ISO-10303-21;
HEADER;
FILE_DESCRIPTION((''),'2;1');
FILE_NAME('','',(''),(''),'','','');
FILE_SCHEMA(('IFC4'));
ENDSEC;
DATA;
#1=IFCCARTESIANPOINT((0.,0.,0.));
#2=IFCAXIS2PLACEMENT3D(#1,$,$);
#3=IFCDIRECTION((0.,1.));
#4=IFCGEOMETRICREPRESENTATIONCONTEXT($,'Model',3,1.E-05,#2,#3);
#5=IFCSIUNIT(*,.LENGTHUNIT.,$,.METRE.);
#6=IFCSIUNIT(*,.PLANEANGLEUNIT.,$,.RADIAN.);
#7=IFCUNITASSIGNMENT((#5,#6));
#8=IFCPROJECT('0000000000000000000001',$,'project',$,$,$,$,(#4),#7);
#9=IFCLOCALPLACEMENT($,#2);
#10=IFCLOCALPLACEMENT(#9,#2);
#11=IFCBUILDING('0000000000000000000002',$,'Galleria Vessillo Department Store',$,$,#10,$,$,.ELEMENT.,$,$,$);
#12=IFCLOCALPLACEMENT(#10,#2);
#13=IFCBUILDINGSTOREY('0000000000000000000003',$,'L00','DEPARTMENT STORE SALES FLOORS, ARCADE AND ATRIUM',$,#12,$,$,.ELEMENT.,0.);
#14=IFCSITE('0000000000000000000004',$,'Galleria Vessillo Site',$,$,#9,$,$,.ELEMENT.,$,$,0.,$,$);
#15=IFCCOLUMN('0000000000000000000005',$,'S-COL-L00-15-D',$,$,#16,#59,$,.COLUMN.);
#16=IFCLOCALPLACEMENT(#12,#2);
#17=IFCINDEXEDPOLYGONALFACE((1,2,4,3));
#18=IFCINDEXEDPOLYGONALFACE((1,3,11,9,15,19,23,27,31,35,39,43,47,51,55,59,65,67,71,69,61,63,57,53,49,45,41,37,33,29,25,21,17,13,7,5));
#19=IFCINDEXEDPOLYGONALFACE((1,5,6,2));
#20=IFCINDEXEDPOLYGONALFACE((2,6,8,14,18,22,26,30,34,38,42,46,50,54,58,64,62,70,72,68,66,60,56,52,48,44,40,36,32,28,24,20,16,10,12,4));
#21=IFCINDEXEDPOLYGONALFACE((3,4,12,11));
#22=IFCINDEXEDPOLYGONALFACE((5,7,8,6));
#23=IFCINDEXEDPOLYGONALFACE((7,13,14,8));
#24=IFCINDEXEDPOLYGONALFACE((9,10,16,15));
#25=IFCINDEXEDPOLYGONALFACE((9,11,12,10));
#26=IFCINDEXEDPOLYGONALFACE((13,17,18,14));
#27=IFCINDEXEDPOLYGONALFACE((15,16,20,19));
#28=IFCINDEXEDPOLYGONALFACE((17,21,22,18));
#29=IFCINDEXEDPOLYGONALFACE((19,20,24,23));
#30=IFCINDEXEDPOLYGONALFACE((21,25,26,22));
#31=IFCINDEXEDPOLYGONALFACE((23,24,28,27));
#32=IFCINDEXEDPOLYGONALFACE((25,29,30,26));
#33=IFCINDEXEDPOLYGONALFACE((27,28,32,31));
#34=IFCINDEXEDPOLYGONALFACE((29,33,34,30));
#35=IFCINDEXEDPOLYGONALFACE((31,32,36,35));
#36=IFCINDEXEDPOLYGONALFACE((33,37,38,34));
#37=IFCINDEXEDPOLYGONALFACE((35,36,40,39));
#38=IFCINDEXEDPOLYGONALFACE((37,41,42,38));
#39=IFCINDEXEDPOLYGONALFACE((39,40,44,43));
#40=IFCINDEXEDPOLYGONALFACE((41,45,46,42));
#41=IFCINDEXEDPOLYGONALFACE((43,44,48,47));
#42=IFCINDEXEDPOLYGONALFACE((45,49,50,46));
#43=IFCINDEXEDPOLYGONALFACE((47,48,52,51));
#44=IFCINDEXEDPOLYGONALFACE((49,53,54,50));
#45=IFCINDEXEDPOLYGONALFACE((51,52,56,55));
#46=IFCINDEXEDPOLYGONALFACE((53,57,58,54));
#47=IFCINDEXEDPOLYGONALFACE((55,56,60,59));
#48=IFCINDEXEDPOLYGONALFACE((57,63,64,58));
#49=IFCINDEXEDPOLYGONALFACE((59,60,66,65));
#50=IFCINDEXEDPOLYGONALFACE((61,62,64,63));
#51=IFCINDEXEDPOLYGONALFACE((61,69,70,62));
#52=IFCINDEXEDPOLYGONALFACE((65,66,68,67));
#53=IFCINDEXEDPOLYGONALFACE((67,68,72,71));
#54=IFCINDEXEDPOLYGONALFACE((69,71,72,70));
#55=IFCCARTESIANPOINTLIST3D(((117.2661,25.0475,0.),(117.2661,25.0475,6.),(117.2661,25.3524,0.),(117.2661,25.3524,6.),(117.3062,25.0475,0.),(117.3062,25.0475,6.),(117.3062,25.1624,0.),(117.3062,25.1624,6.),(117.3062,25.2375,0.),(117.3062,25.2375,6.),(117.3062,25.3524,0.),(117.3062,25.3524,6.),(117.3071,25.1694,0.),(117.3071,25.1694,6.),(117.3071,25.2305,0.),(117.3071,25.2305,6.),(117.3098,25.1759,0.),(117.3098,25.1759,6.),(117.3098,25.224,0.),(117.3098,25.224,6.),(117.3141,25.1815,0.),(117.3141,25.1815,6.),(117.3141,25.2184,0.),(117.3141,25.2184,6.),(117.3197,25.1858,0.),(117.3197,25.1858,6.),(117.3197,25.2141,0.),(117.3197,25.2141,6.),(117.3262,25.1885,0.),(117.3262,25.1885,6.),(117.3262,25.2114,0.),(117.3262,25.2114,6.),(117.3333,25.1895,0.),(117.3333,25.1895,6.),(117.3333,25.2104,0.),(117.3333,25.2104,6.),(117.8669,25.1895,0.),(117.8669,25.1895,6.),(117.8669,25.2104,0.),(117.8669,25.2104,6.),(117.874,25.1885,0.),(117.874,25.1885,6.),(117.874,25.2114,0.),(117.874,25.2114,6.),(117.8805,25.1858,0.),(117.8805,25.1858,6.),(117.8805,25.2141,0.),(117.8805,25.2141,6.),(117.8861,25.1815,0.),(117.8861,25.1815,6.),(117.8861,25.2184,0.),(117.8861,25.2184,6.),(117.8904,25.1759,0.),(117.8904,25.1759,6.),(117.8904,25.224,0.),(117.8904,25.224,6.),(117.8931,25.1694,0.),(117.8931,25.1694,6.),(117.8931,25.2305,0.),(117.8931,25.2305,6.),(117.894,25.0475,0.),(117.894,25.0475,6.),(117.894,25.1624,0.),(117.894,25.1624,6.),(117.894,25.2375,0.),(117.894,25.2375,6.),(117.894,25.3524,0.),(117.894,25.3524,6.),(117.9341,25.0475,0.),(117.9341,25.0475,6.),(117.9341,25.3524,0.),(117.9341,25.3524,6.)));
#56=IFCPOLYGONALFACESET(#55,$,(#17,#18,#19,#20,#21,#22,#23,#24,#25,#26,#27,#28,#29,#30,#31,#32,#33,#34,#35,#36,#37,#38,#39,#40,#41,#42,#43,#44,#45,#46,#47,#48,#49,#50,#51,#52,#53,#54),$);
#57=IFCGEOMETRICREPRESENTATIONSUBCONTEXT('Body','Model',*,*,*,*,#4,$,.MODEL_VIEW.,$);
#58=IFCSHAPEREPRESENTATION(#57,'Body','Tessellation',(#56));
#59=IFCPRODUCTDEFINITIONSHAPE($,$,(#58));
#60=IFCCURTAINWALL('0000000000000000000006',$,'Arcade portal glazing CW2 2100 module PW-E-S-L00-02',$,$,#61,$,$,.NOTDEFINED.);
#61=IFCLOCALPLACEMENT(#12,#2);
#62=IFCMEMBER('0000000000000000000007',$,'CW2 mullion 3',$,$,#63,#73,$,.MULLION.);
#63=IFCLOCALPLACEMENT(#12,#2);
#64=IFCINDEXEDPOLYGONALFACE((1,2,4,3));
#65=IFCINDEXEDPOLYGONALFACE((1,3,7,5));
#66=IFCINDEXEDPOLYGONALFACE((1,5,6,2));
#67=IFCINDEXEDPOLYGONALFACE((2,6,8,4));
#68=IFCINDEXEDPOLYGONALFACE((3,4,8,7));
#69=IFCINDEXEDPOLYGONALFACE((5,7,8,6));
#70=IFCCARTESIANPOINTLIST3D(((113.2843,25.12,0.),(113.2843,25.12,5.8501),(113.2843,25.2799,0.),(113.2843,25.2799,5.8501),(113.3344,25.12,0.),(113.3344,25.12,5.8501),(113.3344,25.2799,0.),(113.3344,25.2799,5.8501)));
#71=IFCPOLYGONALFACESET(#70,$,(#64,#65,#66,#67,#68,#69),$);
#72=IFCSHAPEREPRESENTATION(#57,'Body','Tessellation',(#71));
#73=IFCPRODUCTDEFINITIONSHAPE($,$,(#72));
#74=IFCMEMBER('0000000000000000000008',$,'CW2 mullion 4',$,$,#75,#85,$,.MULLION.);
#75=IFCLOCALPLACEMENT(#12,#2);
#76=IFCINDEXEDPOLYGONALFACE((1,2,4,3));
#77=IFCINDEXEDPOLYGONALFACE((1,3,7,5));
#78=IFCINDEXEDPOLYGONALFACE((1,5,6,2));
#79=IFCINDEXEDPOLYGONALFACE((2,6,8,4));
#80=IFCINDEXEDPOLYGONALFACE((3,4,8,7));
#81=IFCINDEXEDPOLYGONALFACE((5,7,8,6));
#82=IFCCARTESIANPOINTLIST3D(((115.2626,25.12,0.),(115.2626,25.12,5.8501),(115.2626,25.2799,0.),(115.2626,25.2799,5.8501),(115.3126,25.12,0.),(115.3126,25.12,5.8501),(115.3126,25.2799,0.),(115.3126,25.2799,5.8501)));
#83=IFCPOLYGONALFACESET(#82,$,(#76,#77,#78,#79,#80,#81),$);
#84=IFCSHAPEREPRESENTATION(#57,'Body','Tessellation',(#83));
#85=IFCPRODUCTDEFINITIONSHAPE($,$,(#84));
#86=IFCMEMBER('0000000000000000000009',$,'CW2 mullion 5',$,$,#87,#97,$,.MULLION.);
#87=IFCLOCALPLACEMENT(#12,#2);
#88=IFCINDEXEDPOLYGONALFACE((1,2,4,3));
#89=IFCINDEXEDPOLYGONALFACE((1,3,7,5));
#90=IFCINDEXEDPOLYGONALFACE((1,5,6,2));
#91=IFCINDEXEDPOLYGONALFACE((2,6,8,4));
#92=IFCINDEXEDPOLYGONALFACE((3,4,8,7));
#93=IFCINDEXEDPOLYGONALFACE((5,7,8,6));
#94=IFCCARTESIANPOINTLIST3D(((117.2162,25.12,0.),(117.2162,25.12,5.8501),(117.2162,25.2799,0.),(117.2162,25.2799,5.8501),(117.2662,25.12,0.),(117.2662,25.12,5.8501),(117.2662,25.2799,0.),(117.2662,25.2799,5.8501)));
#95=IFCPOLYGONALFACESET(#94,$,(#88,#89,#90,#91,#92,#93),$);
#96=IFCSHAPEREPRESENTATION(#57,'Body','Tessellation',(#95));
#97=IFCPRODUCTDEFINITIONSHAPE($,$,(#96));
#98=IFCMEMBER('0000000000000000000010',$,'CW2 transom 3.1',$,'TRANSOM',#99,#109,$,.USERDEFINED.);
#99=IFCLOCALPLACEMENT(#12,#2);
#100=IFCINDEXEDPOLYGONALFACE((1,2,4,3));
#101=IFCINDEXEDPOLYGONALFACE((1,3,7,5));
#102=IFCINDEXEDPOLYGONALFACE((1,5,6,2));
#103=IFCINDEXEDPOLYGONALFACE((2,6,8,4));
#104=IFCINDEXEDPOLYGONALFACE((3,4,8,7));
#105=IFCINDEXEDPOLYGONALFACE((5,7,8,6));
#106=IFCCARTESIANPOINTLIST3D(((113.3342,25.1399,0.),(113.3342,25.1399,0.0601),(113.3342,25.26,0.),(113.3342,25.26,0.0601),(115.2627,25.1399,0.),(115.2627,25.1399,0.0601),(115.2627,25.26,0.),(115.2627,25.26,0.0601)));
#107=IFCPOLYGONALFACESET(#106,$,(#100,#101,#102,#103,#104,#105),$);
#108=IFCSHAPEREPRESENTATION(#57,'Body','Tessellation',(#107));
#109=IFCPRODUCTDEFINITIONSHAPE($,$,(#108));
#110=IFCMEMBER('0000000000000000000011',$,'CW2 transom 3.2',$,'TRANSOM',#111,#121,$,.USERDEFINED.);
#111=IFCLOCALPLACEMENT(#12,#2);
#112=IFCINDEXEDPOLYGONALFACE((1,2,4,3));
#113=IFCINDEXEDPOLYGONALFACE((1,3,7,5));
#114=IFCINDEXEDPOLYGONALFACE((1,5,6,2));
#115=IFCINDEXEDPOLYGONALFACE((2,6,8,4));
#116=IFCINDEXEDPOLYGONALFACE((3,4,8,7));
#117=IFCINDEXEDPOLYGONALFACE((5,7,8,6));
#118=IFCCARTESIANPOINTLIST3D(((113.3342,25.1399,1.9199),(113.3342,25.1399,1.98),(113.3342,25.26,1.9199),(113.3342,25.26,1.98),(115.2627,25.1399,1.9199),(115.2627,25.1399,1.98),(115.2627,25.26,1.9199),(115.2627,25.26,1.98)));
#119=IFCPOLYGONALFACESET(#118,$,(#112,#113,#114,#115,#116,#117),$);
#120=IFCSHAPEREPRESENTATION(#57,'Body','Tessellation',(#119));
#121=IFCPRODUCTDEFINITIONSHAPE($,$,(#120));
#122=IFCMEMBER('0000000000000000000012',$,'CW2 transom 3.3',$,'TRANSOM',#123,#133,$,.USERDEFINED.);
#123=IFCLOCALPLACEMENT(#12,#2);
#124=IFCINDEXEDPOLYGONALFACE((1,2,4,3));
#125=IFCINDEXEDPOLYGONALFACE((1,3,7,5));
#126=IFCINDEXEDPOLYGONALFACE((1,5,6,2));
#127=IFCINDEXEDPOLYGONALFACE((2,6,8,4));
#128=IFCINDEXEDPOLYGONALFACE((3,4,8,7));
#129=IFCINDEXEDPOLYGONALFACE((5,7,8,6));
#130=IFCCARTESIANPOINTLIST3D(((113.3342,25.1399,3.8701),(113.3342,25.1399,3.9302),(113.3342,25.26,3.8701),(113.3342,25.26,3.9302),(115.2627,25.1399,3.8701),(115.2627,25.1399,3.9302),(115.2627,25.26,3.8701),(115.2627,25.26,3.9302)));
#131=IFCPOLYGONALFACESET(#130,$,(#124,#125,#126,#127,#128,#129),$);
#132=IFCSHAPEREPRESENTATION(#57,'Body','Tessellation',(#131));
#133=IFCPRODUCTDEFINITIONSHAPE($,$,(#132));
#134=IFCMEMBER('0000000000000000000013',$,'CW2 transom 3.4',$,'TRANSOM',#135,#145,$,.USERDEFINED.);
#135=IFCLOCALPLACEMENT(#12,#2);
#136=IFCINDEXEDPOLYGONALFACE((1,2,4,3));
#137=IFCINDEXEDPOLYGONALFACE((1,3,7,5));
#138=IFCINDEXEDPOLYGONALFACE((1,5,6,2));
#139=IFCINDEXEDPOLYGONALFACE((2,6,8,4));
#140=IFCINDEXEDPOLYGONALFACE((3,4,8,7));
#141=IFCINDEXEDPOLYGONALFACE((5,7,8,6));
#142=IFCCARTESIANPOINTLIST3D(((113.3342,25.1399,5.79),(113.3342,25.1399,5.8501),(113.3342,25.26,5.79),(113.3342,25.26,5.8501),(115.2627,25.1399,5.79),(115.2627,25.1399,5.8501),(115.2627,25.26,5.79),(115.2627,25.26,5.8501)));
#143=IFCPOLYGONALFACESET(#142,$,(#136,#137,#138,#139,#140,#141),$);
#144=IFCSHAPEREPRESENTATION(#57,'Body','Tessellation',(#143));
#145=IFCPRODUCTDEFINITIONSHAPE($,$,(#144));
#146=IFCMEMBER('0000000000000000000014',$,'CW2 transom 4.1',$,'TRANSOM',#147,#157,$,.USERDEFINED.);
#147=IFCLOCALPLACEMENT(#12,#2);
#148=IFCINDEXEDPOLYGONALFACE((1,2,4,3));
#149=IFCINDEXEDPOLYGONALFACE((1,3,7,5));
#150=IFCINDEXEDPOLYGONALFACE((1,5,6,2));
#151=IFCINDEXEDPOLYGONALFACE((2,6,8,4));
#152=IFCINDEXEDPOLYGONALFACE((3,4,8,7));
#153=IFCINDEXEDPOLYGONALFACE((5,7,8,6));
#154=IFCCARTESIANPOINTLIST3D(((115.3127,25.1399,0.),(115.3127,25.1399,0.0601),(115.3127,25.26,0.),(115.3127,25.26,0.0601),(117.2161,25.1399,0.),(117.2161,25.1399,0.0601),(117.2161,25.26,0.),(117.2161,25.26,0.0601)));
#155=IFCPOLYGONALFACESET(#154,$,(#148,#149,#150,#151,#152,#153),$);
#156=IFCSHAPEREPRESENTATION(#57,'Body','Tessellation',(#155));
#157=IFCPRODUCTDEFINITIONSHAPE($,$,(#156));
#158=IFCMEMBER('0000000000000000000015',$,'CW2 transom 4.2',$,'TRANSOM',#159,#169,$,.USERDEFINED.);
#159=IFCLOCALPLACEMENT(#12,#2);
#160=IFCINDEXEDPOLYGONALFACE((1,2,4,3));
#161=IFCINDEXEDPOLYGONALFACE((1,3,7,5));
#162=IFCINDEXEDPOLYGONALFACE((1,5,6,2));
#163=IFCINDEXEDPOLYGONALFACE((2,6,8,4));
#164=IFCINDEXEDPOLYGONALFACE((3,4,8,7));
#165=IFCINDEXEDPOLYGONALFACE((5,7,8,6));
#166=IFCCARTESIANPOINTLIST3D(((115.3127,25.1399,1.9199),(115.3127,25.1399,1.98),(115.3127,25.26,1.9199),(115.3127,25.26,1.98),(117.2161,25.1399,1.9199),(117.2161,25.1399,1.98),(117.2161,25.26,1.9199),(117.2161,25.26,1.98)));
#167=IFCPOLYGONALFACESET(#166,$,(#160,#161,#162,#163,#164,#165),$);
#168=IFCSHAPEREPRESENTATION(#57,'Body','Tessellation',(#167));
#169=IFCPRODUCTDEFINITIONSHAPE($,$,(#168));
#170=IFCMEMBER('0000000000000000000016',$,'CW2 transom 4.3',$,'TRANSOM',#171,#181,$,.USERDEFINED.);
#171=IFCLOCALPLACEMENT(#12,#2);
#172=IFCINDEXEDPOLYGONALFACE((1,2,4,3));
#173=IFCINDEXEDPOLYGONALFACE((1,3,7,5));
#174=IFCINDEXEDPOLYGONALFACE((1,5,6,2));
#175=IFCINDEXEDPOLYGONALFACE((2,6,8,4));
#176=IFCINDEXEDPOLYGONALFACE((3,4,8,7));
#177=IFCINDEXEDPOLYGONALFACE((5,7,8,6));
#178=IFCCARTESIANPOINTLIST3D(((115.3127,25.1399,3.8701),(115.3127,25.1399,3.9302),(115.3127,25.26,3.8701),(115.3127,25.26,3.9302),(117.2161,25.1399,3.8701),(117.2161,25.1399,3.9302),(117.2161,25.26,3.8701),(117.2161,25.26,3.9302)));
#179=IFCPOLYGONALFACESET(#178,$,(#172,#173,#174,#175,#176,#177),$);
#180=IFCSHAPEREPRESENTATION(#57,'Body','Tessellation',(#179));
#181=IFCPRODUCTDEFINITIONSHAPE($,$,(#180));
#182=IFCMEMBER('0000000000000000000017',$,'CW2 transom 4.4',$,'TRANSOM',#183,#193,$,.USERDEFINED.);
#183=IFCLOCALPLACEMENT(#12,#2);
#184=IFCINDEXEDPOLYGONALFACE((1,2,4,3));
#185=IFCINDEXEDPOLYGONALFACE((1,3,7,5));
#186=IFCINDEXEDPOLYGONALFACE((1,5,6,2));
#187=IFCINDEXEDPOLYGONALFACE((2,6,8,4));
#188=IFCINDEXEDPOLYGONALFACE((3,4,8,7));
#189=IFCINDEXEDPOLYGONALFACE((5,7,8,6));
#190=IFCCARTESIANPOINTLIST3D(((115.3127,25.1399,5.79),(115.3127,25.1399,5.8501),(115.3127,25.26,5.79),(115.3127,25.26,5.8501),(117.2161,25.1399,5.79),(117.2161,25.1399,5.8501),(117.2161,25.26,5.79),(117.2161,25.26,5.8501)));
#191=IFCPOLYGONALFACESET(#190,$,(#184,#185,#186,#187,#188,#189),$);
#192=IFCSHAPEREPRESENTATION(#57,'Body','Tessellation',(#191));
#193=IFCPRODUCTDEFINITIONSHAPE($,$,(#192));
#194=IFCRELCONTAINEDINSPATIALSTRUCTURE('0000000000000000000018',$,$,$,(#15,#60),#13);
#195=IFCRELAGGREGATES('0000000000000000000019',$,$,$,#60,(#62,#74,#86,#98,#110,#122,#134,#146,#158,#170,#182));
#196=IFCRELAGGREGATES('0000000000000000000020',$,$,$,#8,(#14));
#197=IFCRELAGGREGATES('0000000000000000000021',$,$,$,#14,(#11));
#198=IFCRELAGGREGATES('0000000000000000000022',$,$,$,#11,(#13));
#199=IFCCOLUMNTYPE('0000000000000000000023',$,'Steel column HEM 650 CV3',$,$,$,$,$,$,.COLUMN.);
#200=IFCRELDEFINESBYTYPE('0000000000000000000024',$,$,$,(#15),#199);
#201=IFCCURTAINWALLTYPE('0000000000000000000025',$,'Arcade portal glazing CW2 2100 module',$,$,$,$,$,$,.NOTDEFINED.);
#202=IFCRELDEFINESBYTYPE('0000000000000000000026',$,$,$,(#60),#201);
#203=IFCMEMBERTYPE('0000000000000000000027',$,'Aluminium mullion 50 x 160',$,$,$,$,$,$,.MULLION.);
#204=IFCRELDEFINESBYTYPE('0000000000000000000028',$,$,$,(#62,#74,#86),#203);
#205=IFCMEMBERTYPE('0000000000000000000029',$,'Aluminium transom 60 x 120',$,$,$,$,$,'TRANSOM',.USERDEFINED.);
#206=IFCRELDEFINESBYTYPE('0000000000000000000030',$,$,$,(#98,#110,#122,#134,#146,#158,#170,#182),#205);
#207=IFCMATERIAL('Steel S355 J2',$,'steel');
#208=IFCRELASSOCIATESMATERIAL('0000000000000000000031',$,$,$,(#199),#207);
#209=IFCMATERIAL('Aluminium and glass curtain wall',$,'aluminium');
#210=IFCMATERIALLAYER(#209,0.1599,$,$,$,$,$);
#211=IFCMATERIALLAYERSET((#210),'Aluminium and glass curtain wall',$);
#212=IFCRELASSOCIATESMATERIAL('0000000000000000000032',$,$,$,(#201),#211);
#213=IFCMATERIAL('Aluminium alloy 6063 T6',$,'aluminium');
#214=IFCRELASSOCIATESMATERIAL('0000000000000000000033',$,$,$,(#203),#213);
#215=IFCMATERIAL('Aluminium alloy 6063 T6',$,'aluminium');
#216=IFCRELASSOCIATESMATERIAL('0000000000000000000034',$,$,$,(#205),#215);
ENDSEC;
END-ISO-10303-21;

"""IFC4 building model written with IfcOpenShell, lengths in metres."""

from ifc_helpers import new_model, si_unit, direction, frame, origin, origin_2d, place, context, subcontext, project, spatial, rectangle, i_section, extrude, material, layer, layer_set, material_profile, profile_set, type_object, element, aggregate, save


model = new_model("IFC4")

# Units and contexts
model_context = context("Model", 3, precision=1e-05, world=origin(), true_north=direction((0.0, 1.0)))
body_context = subcontext(model_context, "Body", "Model", "MODEL_VIEW")
ifc_project = project(units=[si_unit("LENGTHUNIT", "METRE"), si_unit("PLANEANGLEUNIT", "RADIAN")], contexts=[model_context])

# Site, building, storey
site_placement = place(None, origin())
site = spatial("IfcSite", under=ifc_project, at=site_placement, Name="Galleria Vessillo Site", CompositionType="ELEMENT", RefElevation=0.0)
building_placement = place(site_placement, origin())
building = spatial("IfcBuilding", under=site, at=building_placement, Name="Galleria Vessillo Department Store", CompositionType="ELEMENT")
storey_placement = place(building_placement, origin())
storey = spatial("IfcBuildingStorey", under=building, at=storey_placement, Name="L00", Description="DEPARTMENT STORE SALES FLOORS, ARCADE AND ATRIUM", CompositionType="ELEMENT", Elevation=0.0)

# Column
ifc_material_1 = material(Name="Steel S355 J2", Category="steel")
ifc_material_profile_1 = material_profile(ifc_material_1, i_section(OverallWidth=0.3049, OverallDepth=0.668, WebThickness=0.021, FlangeThickness=0.04, FilletRadius=0.0271, at=origin_2d()), Name="HEM 650")
ifc_profile_set_1 = profile_set([ifc_material_profile_1], Name="Steel S355 J2")
column_type = type_object("IfcColumnType", Name="Steel column HEM 650 CV3", PredefinedType="COLUMN", material=ifc_profile_set_1)
column_placement = place(storey_placement, frame((117.6001, 25.2, 0.0), z_axis=(0.0, 0.0, 1.0), x_axis=(0.0, 1.0, 0.0)))
element("IfcColumn", 1, at=column_placement, inside=storey, type_object=column_type, Name="S-COL-L00-15-D", PredefinedType="COLUMN", context=body_context, shape_type="SweptSolid", body=[
    extrude(i_section(OverallWidth=0.3049, OverallDepth=0.668, WebThickness=0.021, FlangeThickness=0.04, FilletRadius=0.0271, at=origin_2d()), origin(), (0.0, 0.0, 1.0), 6.0),
])

# Curtain wall, members
ifc_material_2 = material(Name="Aluminium and glass curtain wall", Category="aluminium")
ifc_layer_1 = layer(ifc_material_2, 0.1599)
ifc_layer_set_1 = layer_set([ifc_layer_1], Name="Aluminium and glass curtain wall")
curtain_wall_type = type_object("IfcCurtainWallType", Name="Arcade portal glazing CW2 2100 module", PredefinedType="NOTDEFINED", material=ifc_layer_set_1)
curtain_wall_placement = place(storey_placement, origin())
curtain_wall = element("IfcCurtainWall", 2, at=curtain_wall_placement, inside=storey, type_object=curtain_wall_type, Name="Arcade portal glazing CW2 2100 module PW-E-S-L00-02", PredefinedType="NOTDEFINED")
ifc_material_3 = material(Name="Aluminium alloy 6063 T6", Category="aluminium")
ifc_material_profile_2 = material_profile(ifc_material_3, rectangle(XDim=0.1599, YDim=0.05, at=origin_2d()), Name="AL 50x160")
ifc_profile_set_2 = profile_set([ifc_material_profile_2], Name="Aluminium alloy 6063 T6")
member_type_1 = type_object("IfcMemberType", Name="Aluminium mullion 50 x 160", PredefinedType="MULLION", material=ifc_profile_set_2)
member_1_placement = place(storey_placement, frame((113.3093, 25.2, 0.0), z_axis=(0.0, 0.0, 1.0), x_axis=(0.0, 1.0, 0.0)))
member_1 = element("IfcMember", 3, at=member_1_placement, type_object=member_type_1, Name="CW2 mullion 3", PredefinedType="MULLION", context=body_context, shape_type="SweptSolid", body=[
    extrude(rectangle(XDim=0.1599, YDim=0.05, at=origin_2d()), origin(), (0.0, 0.0, 1.0), 5.8501),
])
member_2_placement = place(storey_placement, frame((115.2876, 25.2, 0.0), z_axis=(0.0, 0.0, 1.0), x_axis=(0.0, 1.0, 0.0)))
member_2 = element("IfcMember", 4, at=member_2_placement, type_object=member_type_1, Name="CW2 mullion 4", PredefinedType="MULLION", context=body_context, shape_type="SweptSolid", body=[
    extrude(rectangle(XDim=0.1599, YDim=0.05, at=origin_2d()), origin(), (0.0, 0.0, 1.0), 5.8501),
])
member_3_placement = place(storey_placement, frame((117.2412, 25.2, 0.0), z_axis=(0.0, 0.0, 1.0), x_axis=(0.0, 1.0, 0.0)))
member_3 = element("IfcMember", 5, at=member_3_placement, type_object=member_type_1, Name="CW2 mullion 5", PredefinedType="MULLION", context=body_context, shape_type="SweptSolid", body=[
    extrude(rectangle(XDim=0.1599, YDim=0.05, at=origin_2d()), origin(), (0.0, 0.0, 1.0), 5.8501),
])
ifc_material_4 = material(Name="Aluminium alloy 6063 T6", Category="aluminium")
ifc_material_profile_3 = material_profile(ifc_material_4, rectangle(XDim=0.1201, YDim=0.0601, at=origin_2d()), Name="AL 60x120")
ifc_profile_set_3 = profile_set([ifc_material_profile_3], Name="Aluminium alloy 6063 T6")
member_type_2 = type_object("IfcMemberType", Name="Aluminium transom 60 x 120", ElementType="TRANSOM", PredefinedType="USERDEFINED", material=ifc_profile_set_3)
member_4_placement = place(storey_placement, frame((113.3342, 25.2, 0.03), z_axis=(1.0, 0.0, 0.0), x_axis=(0.0, 1.0, 0.0)))
member_4 = element("IfcMember", 6, at=member_4_placement, type_object=member_type_2, Name="CW2 transom 3.1", ObjectType="TRANSOM", PredefinedType="USERDEFINED", context=body_context, shape_type="SweptSolid", body=[
    extrude(rectangle(XDim=0.1201, YDim=0.0601, at=origin_2d()), origin(), (0.0, 0.0, 1.0), 1.9285),
])
member_5_placement = place(storey_placement, frame((113.3342, 25.2, 1.95), z_axis=(1.0, 0.0, 0.0), x_axis=(0.0, 1.0, 0.0)))
member_5 = element("IfcMember", 7, at=member_5_placement, type_object=member_type_2, Name="CW2 transom 3.2", ObjectType="TRANSOM", PredefinedType="USERDEFINED", context=body_context, shape_type="SweptSolid", body=[
    extrude(rectangle(XDim=0.1201, YDim=0.0601, at=origin_2d()), origin(), (0.0, 0.0, 1.0), 1.9285),
])
member_6_placement = place(storey_placement, frame((113.3342, 25.2, 3.9001), z_axis=(1.0, 0.0, 0.0), x_axis=(0.0, 1.0, 0.0)))
member_6 = element("IfcMember", 8, at=member_6_placement, type_object=member_type_2, Name="CW2 transom 3.3", ObjectType="TRANSOM", PredefinedType="USERDEFINED", context=body_context, shape_type="SweptSolid", body=[
    extrude(rectangle(XDim=0.1201, YDim=0.0601, at=origin_2d()), origin(), (0.0, 0.0, 1.0), 1.9285),
])
member_7_placement = place(storey_placement, frame((113.3342, 25.2, 5.8201), z_axis=(1.0, 0.0, 0.0), x_axis=(0.0, 1.0, 0.0)))
member_7 = element("IfcMember", 9, at=member_7_placement, type_object=member_type_2, Name="CW2 transom 3.4", ObjectType="TRANSOM", PredefinedType="USERDEFINED", context=body_context, shape_type="SweptSolid", body=[
    extrude(rectangle(XDim=0.1201, YDim=0.0601, at=origin_2d()), origin(), (0.0, 0.0, 1.0), 1.9285),
])
member_8_placement = place(storey_placement, frame((115.3127, 25.2, 0.03), z_axis=(1.0, 0.0, 0.0), x_axis=(0.0, 1.0, 0.0)))
member_8 = element("IfcMember", 10, at=member_8_placement, type_object=member_type_2, Name="CW2 transom 4.1", ObjectType="TRANSOM", PredefinedType="USERDEFINED", context=body_context, shape_type="SweptSolid", body=[
    extrude(rectangle(XDim=0.1201, YDim=0.0601, at=origin_2d()), origin(), (0.0, 0.0, 1.0), 1.9033),
])
member_9_placement = place(storey_placement, frame((115.3127, 25.2, 1.95), z_axis=(1.0, 0.0, 0.0), x_axis=(0.0, 1.0, 0.0)))
member_9 = element("IfcMember", 11, at=member_9_placement, type_object=member_type_2, Name="CW2 transom 4.2", ObjectType="TRANSOM", PredefinedType="USERDEFINED", context=body_context, shape_type="SweptSolid", body=[
    extrude(rectangle(XDim=0.1201, YDim=0.0601, at=origin_2d()), origin(), (0.0, 0.0, 1.0), 1.9033),
])
member_10_placement = place(storey_placement, frame((115.3127, 25.2, 3.9001), z_axis=(1.0, 0.0, 0.0), x_axis=(0.0, 1.0, 0.0)))
member_10 = element("IfcMember", 12, at=member_10_placement, type_object=member_type_2, Name="CW2 transom 4.3", ObjectType="TRANSOM", PredefinedType="USERDEFINED", context=body_context, shape_type="SweptSolid", body=[
    extrude(rectangle(XDim=0.1201, YDim=0.0601, at=origin_2d()), origin(), (0.0, 0.0, 1.0), 1.9033),
])
member_11_placement = place(storey_placement, frame((115.3127, 25.2, 5.8201), z_axis=(1.0, 0.0, 0.0), x_axis=(0.0, 1.0, 0.0)))
member_11 = element("IfcMember", 13, at=member_11_placement, type_object=member_type_2, Name="CW2 transom 4.4", ObjectType="TRANSOM", PredefinedType="USERDEFINED", context=body_context, shape_type="SweptSolid", body=[
    extrude(rectangle(XDim=0.1201, YDim=0.0601, at=origin_2d()), origin(), (0.0, 0.0, 1.0), 1.9033),
])

aggregate(curtain_wall, [member_1, member_2, member_3, member_4, member_5, member_6, member_7, member_8, member_9, member_10, member_11])

save(model, "model.ifc")
